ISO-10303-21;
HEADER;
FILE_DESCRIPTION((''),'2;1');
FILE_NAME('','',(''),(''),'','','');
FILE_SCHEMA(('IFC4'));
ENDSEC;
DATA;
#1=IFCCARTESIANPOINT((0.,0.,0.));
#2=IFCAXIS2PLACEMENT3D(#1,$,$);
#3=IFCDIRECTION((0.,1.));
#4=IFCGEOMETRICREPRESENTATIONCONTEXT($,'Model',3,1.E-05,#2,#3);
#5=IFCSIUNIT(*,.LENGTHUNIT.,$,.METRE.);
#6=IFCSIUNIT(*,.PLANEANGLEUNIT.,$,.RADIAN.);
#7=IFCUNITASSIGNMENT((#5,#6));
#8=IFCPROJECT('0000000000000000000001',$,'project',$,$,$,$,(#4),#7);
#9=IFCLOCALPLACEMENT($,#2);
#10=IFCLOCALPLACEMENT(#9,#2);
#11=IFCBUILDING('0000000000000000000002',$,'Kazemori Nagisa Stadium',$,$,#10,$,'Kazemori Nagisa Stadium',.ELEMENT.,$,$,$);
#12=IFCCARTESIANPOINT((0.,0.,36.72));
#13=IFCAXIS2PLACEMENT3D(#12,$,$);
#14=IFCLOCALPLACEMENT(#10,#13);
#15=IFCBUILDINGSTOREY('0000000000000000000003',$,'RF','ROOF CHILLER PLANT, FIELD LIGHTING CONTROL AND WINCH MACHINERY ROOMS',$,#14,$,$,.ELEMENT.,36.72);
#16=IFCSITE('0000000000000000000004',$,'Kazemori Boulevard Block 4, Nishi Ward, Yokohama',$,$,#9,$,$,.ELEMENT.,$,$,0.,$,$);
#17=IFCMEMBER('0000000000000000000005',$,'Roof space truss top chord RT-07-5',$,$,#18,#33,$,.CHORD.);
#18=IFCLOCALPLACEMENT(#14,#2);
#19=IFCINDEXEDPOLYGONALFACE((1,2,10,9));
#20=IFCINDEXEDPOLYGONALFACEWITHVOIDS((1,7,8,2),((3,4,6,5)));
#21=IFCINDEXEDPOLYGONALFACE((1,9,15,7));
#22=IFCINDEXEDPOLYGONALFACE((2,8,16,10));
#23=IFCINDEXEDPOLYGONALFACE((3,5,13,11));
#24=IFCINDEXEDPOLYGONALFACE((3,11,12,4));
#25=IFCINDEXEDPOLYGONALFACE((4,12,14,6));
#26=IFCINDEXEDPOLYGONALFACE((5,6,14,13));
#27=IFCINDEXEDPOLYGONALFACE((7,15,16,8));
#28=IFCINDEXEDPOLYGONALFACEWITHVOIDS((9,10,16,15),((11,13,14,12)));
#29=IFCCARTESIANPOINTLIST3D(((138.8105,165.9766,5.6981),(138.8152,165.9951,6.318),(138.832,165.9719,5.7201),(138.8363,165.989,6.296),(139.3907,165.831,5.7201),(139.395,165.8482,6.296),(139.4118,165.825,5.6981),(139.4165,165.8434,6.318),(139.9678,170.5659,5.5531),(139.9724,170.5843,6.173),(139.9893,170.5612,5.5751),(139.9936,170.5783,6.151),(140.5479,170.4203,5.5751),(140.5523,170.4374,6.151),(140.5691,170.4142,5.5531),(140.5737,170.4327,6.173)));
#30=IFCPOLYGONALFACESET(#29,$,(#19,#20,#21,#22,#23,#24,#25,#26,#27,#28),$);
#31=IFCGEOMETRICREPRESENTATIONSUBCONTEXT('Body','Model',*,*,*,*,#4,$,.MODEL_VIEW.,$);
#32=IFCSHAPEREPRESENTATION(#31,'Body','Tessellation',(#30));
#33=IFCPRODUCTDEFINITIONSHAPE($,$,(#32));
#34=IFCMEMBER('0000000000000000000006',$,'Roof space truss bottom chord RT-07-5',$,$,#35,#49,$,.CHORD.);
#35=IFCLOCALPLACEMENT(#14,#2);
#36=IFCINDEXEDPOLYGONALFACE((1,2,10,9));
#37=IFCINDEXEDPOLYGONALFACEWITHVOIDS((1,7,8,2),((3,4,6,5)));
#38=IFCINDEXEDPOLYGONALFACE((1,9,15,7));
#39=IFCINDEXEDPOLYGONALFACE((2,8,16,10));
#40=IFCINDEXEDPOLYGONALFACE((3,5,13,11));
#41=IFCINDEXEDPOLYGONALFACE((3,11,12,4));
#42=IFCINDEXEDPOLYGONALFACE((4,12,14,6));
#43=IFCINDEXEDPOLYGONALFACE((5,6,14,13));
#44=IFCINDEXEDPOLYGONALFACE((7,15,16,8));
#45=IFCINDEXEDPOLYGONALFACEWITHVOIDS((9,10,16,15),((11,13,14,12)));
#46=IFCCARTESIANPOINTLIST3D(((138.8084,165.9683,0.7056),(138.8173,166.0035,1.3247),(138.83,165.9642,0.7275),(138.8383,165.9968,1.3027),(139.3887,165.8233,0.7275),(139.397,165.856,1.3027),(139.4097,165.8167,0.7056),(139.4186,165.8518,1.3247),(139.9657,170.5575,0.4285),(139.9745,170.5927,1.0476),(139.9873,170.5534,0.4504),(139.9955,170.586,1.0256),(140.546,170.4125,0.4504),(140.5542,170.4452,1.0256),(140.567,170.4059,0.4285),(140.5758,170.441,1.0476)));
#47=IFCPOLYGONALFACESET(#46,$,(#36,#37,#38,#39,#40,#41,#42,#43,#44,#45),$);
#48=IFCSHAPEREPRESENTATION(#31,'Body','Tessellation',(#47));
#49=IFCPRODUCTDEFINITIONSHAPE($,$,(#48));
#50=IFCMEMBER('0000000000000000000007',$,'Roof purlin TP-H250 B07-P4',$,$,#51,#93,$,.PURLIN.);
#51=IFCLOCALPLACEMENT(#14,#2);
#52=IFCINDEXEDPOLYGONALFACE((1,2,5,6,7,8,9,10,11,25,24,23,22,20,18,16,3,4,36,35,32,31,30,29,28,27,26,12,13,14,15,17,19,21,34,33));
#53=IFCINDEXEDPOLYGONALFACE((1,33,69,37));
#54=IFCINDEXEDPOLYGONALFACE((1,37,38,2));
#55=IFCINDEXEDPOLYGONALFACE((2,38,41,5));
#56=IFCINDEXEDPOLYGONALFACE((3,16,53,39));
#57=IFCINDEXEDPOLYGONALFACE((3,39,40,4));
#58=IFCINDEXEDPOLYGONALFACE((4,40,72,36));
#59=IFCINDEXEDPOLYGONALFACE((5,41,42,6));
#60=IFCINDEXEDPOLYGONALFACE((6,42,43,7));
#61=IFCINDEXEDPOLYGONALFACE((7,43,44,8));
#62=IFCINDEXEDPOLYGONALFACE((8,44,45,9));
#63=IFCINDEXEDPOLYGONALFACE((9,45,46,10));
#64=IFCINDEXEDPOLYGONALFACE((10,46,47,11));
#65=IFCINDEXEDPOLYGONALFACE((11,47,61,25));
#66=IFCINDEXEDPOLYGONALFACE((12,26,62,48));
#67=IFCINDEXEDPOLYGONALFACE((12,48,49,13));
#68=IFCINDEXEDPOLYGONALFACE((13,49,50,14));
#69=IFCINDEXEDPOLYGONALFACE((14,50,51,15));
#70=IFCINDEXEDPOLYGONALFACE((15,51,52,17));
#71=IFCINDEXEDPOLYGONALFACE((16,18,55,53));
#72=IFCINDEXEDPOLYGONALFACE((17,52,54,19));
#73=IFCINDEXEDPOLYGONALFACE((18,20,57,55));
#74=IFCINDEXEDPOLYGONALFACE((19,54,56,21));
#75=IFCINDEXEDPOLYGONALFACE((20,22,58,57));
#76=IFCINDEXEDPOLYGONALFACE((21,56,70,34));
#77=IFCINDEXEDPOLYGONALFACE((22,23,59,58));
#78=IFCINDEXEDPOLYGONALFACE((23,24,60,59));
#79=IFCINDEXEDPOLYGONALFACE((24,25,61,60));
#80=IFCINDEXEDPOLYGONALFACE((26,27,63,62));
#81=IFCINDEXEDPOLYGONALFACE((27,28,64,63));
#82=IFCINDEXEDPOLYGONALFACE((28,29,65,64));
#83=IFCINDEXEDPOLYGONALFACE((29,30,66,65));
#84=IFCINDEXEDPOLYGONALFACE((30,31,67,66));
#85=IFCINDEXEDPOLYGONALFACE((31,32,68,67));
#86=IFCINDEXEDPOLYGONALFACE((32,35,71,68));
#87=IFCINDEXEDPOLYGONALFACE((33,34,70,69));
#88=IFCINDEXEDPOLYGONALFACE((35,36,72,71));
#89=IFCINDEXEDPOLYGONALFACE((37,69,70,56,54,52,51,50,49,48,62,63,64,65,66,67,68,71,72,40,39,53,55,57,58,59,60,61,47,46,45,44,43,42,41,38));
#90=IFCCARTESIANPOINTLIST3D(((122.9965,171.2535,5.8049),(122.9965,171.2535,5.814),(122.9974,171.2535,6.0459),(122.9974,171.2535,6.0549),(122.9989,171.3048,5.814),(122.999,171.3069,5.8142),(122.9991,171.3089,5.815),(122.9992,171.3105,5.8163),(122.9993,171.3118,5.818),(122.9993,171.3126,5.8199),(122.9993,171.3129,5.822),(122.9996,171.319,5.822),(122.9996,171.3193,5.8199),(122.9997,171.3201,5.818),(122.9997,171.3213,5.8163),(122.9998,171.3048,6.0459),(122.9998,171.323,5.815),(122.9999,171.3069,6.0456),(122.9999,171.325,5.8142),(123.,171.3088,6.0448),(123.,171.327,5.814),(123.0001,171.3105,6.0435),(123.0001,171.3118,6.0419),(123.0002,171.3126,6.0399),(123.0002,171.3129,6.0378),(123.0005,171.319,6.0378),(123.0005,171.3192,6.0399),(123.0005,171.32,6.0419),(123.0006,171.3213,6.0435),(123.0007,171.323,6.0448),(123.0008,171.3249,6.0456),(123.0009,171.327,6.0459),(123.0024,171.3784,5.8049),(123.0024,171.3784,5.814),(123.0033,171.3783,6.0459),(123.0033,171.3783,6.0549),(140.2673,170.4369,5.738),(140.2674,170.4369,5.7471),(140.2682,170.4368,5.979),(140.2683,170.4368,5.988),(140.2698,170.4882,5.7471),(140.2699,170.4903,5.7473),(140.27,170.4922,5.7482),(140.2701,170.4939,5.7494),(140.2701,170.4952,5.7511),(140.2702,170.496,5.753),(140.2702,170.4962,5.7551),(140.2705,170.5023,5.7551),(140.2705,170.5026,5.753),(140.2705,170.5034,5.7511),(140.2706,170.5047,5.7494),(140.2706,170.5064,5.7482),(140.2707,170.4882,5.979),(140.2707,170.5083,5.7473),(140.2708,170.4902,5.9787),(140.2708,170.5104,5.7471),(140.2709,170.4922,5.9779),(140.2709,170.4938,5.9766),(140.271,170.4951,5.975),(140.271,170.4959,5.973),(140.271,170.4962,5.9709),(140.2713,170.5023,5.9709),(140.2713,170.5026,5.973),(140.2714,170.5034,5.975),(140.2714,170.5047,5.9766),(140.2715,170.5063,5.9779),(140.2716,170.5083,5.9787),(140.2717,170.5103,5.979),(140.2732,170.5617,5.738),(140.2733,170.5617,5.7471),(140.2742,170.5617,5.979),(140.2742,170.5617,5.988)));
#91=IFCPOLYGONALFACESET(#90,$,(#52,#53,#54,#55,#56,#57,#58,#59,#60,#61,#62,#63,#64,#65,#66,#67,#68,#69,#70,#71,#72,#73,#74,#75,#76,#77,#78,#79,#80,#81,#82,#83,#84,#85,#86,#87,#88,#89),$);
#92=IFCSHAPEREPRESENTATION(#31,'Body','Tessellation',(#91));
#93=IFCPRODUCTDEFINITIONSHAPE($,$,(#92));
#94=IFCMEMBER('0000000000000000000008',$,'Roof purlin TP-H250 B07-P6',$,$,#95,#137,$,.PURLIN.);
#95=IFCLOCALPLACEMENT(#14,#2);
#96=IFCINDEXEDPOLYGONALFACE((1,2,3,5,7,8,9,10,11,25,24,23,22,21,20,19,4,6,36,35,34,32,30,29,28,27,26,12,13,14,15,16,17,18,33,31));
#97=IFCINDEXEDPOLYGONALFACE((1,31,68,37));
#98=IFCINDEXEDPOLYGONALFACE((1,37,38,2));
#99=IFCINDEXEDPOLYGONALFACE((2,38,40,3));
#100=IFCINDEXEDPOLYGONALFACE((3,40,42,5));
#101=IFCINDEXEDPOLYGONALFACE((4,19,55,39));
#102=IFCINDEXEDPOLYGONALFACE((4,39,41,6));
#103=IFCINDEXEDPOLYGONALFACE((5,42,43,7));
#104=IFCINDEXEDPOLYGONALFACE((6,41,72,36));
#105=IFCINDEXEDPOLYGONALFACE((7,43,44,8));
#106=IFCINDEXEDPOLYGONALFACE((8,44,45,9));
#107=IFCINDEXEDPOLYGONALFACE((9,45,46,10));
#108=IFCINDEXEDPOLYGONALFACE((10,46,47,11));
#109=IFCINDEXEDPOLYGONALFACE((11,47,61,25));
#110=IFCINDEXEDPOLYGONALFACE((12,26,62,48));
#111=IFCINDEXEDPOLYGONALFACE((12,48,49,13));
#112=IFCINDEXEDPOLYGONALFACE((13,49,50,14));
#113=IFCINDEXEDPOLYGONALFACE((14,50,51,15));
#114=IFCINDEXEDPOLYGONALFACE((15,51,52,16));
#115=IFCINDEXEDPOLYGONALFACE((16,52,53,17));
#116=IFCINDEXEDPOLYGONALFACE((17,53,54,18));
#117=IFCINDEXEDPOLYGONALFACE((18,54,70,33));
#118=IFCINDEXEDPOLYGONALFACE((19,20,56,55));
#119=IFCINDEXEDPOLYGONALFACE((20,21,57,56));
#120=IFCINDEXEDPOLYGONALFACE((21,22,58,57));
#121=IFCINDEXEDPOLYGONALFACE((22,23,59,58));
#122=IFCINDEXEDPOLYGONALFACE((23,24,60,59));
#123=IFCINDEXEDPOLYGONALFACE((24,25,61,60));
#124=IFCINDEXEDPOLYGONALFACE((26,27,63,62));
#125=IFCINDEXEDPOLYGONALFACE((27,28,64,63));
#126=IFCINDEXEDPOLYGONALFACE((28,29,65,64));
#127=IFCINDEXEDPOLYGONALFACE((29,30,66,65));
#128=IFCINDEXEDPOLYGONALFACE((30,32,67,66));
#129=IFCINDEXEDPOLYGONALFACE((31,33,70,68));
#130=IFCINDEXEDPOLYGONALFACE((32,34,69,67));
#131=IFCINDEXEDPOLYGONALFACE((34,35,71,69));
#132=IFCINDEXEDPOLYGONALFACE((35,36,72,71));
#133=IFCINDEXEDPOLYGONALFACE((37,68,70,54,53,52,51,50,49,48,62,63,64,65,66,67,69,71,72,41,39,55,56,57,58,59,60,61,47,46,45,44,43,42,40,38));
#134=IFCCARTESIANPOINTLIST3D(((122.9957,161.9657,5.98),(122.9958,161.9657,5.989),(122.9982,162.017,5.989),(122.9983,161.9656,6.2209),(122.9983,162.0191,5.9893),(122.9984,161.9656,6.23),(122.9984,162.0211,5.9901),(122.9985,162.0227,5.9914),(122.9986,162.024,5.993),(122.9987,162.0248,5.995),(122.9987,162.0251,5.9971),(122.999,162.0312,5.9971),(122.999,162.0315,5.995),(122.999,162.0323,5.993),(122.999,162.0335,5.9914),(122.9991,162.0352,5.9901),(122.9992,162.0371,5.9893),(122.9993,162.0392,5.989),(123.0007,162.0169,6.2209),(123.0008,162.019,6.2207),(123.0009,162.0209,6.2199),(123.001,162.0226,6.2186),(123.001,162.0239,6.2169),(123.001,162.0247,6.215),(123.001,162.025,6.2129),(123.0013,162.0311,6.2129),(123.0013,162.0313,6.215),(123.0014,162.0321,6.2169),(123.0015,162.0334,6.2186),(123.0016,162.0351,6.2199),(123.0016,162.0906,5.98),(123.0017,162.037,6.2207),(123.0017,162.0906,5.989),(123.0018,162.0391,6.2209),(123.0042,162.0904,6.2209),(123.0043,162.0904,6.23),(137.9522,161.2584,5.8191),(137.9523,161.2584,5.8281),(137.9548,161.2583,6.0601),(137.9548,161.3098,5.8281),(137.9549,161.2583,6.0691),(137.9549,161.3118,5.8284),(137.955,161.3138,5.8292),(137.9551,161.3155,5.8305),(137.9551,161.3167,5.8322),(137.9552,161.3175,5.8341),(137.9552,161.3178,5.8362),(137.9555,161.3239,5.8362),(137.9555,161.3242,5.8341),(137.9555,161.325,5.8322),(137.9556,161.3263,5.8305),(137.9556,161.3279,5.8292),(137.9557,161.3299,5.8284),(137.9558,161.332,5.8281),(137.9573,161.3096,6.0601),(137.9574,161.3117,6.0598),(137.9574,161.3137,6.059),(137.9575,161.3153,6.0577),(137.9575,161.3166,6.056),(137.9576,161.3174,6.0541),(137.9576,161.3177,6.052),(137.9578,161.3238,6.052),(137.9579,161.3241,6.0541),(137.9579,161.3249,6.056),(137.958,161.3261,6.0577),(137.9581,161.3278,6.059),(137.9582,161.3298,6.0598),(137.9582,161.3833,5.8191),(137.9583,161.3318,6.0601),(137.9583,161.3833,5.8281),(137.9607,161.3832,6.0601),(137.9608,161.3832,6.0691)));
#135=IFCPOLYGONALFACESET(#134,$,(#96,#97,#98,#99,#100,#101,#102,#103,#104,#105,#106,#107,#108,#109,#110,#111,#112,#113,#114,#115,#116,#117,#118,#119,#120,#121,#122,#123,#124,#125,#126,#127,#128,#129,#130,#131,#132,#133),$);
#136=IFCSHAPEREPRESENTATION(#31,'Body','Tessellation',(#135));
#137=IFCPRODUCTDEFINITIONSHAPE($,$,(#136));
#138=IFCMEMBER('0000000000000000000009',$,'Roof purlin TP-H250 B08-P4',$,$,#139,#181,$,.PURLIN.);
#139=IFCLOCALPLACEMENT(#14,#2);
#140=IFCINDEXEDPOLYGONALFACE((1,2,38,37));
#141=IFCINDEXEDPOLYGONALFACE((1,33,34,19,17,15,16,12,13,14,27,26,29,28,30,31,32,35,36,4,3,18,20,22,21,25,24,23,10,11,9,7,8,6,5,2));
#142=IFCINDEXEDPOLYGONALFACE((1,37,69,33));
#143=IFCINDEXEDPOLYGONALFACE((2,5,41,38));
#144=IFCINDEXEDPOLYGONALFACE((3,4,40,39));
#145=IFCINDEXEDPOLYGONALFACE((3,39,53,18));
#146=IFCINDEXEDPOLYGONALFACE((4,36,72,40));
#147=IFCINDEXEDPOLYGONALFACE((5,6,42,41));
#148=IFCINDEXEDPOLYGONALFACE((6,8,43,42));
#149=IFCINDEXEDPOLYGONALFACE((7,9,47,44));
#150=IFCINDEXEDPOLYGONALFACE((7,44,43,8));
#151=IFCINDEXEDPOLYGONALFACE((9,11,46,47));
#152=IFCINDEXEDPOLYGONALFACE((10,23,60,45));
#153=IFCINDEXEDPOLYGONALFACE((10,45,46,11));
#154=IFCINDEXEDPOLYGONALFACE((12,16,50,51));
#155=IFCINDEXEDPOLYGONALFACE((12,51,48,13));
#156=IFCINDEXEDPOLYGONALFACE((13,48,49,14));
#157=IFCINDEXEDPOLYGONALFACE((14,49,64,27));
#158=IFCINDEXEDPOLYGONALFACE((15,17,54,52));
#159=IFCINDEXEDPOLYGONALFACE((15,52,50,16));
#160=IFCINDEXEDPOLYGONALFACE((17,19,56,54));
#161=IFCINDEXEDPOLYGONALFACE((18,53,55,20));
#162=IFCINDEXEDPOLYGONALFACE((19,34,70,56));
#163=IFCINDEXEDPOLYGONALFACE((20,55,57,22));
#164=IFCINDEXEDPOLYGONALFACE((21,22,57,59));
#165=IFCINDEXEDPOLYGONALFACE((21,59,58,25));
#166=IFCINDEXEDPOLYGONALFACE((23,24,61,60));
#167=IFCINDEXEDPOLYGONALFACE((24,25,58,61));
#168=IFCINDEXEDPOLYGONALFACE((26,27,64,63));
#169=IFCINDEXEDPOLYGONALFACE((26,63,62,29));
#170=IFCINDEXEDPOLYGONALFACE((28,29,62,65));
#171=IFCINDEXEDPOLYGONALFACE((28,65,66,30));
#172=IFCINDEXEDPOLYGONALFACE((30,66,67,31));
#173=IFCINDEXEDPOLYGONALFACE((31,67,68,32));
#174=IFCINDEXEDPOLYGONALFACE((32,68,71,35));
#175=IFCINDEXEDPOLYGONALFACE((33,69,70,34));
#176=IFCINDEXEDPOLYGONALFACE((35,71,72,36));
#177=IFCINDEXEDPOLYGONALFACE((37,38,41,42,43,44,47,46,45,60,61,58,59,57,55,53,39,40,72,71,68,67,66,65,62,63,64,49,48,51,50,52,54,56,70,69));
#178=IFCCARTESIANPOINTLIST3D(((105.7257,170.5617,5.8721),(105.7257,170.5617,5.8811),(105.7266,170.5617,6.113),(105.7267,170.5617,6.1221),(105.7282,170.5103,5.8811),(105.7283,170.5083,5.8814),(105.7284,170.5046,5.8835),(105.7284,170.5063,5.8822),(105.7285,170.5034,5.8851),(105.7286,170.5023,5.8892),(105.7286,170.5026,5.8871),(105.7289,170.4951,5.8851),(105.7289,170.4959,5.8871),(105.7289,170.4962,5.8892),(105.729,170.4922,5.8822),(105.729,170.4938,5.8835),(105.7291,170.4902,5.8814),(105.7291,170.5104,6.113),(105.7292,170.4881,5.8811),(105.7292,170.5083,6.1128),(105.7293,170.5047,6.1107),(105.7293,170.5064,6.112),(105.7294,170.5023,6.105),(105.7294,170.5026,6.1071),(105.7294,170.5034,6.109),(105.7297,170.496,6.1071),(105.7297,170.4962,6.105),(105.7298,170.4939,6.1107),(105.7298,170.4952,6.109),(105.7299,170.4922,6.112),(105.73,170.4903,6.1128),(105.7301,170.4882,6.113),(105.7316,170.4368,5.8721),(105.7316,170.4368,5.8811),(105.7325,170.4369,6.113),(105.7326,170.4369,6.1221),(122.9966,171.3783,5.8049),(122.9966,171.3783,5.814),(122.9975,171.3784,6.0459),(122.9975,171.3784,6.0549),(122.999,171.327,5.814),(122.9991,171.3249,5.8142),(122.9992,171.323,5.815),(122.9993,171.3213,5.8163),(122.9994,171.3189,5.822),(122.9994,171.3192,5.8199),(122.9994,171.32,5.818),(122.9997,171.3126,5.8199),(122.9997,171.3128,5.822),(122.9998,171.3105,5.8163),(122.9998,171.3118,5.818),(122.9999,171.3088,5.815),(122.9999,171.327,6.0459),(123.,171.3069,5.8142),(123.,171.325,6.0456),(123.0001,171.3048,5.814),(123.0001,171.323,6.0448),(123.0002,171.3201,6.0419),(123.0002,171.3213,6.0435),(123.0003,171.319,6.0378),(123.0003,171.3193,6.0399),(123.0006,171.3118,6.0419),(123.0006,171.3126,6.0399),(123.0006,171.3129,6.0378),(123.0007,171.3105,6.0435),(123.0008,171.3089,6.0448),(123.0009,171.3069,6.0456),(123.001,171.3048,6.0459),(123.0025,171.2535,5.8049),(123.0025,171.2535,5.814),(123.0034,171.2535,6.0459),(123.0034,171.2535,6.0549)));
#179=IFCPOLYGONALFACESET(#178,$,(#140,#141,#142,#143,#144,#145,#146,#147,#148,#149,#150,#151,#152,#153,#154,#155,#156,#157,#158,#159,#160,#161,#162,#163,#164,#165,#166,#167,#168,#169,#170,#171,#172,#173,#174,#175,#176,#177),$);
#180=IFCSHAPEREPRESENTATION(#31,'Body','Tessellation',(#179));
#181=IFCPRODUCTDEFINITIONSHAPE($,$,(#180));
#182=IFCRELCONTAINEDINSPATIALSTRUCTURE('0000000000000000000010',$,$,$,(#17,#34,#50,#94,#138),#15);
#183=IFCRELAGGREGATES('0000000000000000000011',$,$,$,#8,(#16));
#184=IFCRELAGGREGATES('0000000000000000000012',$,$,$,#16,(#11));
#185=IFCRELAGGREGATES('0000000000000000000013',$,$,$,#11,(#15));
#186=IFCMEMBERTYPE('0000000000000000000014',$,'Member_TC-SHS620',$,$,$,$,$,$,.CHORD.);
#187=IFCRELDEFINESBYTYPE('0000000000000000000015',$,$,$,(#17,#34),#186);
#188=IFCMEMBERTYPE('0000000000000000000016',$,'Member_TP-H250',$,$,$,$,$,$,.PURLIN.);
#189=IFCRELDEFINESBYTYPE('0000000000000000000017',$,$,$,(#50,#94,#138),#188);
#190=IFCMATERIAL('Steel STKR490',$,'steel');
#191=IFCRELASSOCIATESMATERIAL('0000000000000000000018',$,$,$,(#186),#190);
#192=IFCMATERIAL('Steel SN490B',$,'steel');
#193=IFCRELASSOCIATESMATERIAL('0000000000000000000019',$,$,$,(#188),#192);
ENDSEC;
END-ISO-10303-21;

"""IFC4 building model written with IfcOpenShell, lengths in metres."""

from ifc_helpers import new_model, si_unit, direction, frame, origin, origin_2d, place, context, subcontext, project, spatial, hollow_rectangle, i_section, extrude, material, material_profile, profile_set, type_object, element, save


model = new_model("IFC4")

# Units and contexts
model_context = context("Model", 3, precision=1e-05, world=origin(), true_north=direction((0.0, 1.0)))
body_context = subcontext(model_context, "Body", "Model", "MODEL_VIEW")
ifc_project = project(units=[si_unit("LENGTHUNIT", "METRE"), si_unit("PLANEANGLEUNIT", "RADIAN")], contexts=[model_context])

# Site, building, storey
site_placement = place(None, origin())
site = spatial("IfcSite", under=ifc_project, at=site_placement, Name="Kazemori Boulevard Block 4, Nishi Ward, Yokohama", CompositionType="ELEMENT", RefElevation=0.0)
building_placement = place(site_placement, origin())
building = spatial("IfcBuilding", under=site, at=building_placement, Name="Kazemori Nagisa Stadium", LongName="Kazemori Nagisa Stadium", CompositionType="ELEMENT")
storey_placement = place(building_placement, frame((0.0, 0.0, 36.72)))
storey = spatial("IfcBuildingStorey", under=building, at=storey_placement, Name="RF", Description="ROOF CHILLER PLANT, FIELD LIGHTING CONTROL AND WINCH MACHINERY ROOMS", CompositionType="ELEMENT", Elevation=36.72)

# Shared definitions
ifc_material_1 = material(Name="Steel SN490B", Category="steel")

# Members
ifc_material_2 = material(Name="Steel STKR490", Category="steel")
ifc_material_profile_1 = material_profile(ifc_material_2, hollow_rectangle(XDim=0.6201, YDim=0.6201, WallThickness=0.022, at=origin_2d()), Name="SHS-620x620x22")
ifc_profile_set_1 = profile_set([ifc_material_profile_1], Name="Steel STKR490")
member_type_1 = type_object("IfcMemberType", Name="Member_TC-SHS620", PredefinedType="CHORD", material=ifc_profile_set_1)
member_1_placement = place(storey_placement, frame((140.2708, 170.4993, 5.863), z_axis=(-0.244399, -0.969191, 0.030627), x_axis=(0.969646, -0.244514, 0.0)))
element("IfcMember", 1, at=member_1_placement, inside=storey, type_object=member_type_1, Name="Roof space truss top chord RT-07-5", PredefinedType="CHORD", context=body_context, shape_type="SweptSolid", body=[
    extrude(hollow_rectangle(XDim=0.6201, YDim=0.6201, WallThickness=0.022, at=origin_2d()), origin(), (0.0, 0.0, 1.0), 4.7351),
])
member_2_placement = place(storey_placement, frame((140.2708, 170.4993, 0.738), z_axis=(-0.244096, -0.967988, 0.058449), x_axis=(0.969646, -0.244514, 0.0)))
element("IfcMember", 2, at=member_2_placement, inside=storey, type_object=member_type_1, Name="Roof space truss bottom chord RT-07-5", PredefinedType="CHORD", context=body_context, shape_type="SweptSolid", body=[
    extrude(hollow_rectangle(XDim=0.6201, YDim=0.6201, WallThickness=0.022, at=origin_2d()), origin(), (0.0, 0.0, 1.0), 4.741),
])
ifc_material_profile_2 = material_profile(ifc_material_1, i_section(OverallWidth=0.125, OverallDepth=0.25, WebThickness=0.0061, FlangeThickness=0.009, FilletRadius=0.0081, at=origin_2d()), Name="H-250x125x6x9")
ifc_profile_set_2 = profile_set([ifc_material_profile_2], Name="Steel SN490B")
member_type_2 = type_object("IfcMemberType", Name="Member_TP-H250", PredefinedType="PURLIN", material=ifc_profile_set_2)
member_3_placement = place(storey_placement, frame((140.2708, 170.4993, 5.863), z_axis=(-0.998876, 0.047232, 0.003869), x_axis=(-0.047232, -0.998884, 0.0)))
element("IfcMember", 3, at=member_3_placement, inside=storey, type_object=member_type_2, Name="Roof purlin TP-H250 B07-P4", PredefinedType="PURLIN", context=body_context, shape_type="SweptSolid", body=[
    extrude(i_section(OverallWidth=0.125, OverallDepth=0.25, WebThickness=0.0061, FlangeThickness=0.009, FilletRadius=0.0081, at=origin_2d()), origin(), (0.0, 0.0, 1.0), 17.2903),
])
member_4_placement = place(storey_placement, frame((137.9565, 161.3208, 5.9441), z_axis=(-0.998826, 0.047233, 0.010744), x_axis=(-0.047236, -0.998884, 0.0)))
element("IfcMember", 4, at=member_4_placement, inside=storey, type_object=member_type_2, Name="Roof purlin TP-H250 B07-P6", PredefinedType="PURLIN", context=body_context, shape_type="SweptSolid", body=[
    extrude(i_section(OverallWidth=0.125, OverallDepth=0.25, WebThickness=0.0061, FlangeThickness=0.009, FilletRadius=0.0081, at=origin_2d()), origin(), (0.0, 0.0, 1.0), 14.9741),
])
member_5_placement = place(storey_placement, frame((123.0, 171.3159, 5.9299), z_axis=(-0.998876, -0.047232, 0.003883), x_axis=(0.047232, -0.998884, 0.0)))
element("IfcMember", 5, at=member_5_placement, inside=storey, type_object=member_type_2, Name="Roof purlin TP-H250 B08-P4", PredefinedType="PURLIN", context=body_context, shape_type="SweptSolid", body=[
    extrude(i_section(OverallWidth=0.125, OverallDepth=0.25, WebThickness=0.0061, FlangeThickness=0.009, FilletRadius=0.0081, at=origin_2d()), origin(), (0.0, 0.0, 1.0), 17.2903),
])

save(model, "model.ifc")
